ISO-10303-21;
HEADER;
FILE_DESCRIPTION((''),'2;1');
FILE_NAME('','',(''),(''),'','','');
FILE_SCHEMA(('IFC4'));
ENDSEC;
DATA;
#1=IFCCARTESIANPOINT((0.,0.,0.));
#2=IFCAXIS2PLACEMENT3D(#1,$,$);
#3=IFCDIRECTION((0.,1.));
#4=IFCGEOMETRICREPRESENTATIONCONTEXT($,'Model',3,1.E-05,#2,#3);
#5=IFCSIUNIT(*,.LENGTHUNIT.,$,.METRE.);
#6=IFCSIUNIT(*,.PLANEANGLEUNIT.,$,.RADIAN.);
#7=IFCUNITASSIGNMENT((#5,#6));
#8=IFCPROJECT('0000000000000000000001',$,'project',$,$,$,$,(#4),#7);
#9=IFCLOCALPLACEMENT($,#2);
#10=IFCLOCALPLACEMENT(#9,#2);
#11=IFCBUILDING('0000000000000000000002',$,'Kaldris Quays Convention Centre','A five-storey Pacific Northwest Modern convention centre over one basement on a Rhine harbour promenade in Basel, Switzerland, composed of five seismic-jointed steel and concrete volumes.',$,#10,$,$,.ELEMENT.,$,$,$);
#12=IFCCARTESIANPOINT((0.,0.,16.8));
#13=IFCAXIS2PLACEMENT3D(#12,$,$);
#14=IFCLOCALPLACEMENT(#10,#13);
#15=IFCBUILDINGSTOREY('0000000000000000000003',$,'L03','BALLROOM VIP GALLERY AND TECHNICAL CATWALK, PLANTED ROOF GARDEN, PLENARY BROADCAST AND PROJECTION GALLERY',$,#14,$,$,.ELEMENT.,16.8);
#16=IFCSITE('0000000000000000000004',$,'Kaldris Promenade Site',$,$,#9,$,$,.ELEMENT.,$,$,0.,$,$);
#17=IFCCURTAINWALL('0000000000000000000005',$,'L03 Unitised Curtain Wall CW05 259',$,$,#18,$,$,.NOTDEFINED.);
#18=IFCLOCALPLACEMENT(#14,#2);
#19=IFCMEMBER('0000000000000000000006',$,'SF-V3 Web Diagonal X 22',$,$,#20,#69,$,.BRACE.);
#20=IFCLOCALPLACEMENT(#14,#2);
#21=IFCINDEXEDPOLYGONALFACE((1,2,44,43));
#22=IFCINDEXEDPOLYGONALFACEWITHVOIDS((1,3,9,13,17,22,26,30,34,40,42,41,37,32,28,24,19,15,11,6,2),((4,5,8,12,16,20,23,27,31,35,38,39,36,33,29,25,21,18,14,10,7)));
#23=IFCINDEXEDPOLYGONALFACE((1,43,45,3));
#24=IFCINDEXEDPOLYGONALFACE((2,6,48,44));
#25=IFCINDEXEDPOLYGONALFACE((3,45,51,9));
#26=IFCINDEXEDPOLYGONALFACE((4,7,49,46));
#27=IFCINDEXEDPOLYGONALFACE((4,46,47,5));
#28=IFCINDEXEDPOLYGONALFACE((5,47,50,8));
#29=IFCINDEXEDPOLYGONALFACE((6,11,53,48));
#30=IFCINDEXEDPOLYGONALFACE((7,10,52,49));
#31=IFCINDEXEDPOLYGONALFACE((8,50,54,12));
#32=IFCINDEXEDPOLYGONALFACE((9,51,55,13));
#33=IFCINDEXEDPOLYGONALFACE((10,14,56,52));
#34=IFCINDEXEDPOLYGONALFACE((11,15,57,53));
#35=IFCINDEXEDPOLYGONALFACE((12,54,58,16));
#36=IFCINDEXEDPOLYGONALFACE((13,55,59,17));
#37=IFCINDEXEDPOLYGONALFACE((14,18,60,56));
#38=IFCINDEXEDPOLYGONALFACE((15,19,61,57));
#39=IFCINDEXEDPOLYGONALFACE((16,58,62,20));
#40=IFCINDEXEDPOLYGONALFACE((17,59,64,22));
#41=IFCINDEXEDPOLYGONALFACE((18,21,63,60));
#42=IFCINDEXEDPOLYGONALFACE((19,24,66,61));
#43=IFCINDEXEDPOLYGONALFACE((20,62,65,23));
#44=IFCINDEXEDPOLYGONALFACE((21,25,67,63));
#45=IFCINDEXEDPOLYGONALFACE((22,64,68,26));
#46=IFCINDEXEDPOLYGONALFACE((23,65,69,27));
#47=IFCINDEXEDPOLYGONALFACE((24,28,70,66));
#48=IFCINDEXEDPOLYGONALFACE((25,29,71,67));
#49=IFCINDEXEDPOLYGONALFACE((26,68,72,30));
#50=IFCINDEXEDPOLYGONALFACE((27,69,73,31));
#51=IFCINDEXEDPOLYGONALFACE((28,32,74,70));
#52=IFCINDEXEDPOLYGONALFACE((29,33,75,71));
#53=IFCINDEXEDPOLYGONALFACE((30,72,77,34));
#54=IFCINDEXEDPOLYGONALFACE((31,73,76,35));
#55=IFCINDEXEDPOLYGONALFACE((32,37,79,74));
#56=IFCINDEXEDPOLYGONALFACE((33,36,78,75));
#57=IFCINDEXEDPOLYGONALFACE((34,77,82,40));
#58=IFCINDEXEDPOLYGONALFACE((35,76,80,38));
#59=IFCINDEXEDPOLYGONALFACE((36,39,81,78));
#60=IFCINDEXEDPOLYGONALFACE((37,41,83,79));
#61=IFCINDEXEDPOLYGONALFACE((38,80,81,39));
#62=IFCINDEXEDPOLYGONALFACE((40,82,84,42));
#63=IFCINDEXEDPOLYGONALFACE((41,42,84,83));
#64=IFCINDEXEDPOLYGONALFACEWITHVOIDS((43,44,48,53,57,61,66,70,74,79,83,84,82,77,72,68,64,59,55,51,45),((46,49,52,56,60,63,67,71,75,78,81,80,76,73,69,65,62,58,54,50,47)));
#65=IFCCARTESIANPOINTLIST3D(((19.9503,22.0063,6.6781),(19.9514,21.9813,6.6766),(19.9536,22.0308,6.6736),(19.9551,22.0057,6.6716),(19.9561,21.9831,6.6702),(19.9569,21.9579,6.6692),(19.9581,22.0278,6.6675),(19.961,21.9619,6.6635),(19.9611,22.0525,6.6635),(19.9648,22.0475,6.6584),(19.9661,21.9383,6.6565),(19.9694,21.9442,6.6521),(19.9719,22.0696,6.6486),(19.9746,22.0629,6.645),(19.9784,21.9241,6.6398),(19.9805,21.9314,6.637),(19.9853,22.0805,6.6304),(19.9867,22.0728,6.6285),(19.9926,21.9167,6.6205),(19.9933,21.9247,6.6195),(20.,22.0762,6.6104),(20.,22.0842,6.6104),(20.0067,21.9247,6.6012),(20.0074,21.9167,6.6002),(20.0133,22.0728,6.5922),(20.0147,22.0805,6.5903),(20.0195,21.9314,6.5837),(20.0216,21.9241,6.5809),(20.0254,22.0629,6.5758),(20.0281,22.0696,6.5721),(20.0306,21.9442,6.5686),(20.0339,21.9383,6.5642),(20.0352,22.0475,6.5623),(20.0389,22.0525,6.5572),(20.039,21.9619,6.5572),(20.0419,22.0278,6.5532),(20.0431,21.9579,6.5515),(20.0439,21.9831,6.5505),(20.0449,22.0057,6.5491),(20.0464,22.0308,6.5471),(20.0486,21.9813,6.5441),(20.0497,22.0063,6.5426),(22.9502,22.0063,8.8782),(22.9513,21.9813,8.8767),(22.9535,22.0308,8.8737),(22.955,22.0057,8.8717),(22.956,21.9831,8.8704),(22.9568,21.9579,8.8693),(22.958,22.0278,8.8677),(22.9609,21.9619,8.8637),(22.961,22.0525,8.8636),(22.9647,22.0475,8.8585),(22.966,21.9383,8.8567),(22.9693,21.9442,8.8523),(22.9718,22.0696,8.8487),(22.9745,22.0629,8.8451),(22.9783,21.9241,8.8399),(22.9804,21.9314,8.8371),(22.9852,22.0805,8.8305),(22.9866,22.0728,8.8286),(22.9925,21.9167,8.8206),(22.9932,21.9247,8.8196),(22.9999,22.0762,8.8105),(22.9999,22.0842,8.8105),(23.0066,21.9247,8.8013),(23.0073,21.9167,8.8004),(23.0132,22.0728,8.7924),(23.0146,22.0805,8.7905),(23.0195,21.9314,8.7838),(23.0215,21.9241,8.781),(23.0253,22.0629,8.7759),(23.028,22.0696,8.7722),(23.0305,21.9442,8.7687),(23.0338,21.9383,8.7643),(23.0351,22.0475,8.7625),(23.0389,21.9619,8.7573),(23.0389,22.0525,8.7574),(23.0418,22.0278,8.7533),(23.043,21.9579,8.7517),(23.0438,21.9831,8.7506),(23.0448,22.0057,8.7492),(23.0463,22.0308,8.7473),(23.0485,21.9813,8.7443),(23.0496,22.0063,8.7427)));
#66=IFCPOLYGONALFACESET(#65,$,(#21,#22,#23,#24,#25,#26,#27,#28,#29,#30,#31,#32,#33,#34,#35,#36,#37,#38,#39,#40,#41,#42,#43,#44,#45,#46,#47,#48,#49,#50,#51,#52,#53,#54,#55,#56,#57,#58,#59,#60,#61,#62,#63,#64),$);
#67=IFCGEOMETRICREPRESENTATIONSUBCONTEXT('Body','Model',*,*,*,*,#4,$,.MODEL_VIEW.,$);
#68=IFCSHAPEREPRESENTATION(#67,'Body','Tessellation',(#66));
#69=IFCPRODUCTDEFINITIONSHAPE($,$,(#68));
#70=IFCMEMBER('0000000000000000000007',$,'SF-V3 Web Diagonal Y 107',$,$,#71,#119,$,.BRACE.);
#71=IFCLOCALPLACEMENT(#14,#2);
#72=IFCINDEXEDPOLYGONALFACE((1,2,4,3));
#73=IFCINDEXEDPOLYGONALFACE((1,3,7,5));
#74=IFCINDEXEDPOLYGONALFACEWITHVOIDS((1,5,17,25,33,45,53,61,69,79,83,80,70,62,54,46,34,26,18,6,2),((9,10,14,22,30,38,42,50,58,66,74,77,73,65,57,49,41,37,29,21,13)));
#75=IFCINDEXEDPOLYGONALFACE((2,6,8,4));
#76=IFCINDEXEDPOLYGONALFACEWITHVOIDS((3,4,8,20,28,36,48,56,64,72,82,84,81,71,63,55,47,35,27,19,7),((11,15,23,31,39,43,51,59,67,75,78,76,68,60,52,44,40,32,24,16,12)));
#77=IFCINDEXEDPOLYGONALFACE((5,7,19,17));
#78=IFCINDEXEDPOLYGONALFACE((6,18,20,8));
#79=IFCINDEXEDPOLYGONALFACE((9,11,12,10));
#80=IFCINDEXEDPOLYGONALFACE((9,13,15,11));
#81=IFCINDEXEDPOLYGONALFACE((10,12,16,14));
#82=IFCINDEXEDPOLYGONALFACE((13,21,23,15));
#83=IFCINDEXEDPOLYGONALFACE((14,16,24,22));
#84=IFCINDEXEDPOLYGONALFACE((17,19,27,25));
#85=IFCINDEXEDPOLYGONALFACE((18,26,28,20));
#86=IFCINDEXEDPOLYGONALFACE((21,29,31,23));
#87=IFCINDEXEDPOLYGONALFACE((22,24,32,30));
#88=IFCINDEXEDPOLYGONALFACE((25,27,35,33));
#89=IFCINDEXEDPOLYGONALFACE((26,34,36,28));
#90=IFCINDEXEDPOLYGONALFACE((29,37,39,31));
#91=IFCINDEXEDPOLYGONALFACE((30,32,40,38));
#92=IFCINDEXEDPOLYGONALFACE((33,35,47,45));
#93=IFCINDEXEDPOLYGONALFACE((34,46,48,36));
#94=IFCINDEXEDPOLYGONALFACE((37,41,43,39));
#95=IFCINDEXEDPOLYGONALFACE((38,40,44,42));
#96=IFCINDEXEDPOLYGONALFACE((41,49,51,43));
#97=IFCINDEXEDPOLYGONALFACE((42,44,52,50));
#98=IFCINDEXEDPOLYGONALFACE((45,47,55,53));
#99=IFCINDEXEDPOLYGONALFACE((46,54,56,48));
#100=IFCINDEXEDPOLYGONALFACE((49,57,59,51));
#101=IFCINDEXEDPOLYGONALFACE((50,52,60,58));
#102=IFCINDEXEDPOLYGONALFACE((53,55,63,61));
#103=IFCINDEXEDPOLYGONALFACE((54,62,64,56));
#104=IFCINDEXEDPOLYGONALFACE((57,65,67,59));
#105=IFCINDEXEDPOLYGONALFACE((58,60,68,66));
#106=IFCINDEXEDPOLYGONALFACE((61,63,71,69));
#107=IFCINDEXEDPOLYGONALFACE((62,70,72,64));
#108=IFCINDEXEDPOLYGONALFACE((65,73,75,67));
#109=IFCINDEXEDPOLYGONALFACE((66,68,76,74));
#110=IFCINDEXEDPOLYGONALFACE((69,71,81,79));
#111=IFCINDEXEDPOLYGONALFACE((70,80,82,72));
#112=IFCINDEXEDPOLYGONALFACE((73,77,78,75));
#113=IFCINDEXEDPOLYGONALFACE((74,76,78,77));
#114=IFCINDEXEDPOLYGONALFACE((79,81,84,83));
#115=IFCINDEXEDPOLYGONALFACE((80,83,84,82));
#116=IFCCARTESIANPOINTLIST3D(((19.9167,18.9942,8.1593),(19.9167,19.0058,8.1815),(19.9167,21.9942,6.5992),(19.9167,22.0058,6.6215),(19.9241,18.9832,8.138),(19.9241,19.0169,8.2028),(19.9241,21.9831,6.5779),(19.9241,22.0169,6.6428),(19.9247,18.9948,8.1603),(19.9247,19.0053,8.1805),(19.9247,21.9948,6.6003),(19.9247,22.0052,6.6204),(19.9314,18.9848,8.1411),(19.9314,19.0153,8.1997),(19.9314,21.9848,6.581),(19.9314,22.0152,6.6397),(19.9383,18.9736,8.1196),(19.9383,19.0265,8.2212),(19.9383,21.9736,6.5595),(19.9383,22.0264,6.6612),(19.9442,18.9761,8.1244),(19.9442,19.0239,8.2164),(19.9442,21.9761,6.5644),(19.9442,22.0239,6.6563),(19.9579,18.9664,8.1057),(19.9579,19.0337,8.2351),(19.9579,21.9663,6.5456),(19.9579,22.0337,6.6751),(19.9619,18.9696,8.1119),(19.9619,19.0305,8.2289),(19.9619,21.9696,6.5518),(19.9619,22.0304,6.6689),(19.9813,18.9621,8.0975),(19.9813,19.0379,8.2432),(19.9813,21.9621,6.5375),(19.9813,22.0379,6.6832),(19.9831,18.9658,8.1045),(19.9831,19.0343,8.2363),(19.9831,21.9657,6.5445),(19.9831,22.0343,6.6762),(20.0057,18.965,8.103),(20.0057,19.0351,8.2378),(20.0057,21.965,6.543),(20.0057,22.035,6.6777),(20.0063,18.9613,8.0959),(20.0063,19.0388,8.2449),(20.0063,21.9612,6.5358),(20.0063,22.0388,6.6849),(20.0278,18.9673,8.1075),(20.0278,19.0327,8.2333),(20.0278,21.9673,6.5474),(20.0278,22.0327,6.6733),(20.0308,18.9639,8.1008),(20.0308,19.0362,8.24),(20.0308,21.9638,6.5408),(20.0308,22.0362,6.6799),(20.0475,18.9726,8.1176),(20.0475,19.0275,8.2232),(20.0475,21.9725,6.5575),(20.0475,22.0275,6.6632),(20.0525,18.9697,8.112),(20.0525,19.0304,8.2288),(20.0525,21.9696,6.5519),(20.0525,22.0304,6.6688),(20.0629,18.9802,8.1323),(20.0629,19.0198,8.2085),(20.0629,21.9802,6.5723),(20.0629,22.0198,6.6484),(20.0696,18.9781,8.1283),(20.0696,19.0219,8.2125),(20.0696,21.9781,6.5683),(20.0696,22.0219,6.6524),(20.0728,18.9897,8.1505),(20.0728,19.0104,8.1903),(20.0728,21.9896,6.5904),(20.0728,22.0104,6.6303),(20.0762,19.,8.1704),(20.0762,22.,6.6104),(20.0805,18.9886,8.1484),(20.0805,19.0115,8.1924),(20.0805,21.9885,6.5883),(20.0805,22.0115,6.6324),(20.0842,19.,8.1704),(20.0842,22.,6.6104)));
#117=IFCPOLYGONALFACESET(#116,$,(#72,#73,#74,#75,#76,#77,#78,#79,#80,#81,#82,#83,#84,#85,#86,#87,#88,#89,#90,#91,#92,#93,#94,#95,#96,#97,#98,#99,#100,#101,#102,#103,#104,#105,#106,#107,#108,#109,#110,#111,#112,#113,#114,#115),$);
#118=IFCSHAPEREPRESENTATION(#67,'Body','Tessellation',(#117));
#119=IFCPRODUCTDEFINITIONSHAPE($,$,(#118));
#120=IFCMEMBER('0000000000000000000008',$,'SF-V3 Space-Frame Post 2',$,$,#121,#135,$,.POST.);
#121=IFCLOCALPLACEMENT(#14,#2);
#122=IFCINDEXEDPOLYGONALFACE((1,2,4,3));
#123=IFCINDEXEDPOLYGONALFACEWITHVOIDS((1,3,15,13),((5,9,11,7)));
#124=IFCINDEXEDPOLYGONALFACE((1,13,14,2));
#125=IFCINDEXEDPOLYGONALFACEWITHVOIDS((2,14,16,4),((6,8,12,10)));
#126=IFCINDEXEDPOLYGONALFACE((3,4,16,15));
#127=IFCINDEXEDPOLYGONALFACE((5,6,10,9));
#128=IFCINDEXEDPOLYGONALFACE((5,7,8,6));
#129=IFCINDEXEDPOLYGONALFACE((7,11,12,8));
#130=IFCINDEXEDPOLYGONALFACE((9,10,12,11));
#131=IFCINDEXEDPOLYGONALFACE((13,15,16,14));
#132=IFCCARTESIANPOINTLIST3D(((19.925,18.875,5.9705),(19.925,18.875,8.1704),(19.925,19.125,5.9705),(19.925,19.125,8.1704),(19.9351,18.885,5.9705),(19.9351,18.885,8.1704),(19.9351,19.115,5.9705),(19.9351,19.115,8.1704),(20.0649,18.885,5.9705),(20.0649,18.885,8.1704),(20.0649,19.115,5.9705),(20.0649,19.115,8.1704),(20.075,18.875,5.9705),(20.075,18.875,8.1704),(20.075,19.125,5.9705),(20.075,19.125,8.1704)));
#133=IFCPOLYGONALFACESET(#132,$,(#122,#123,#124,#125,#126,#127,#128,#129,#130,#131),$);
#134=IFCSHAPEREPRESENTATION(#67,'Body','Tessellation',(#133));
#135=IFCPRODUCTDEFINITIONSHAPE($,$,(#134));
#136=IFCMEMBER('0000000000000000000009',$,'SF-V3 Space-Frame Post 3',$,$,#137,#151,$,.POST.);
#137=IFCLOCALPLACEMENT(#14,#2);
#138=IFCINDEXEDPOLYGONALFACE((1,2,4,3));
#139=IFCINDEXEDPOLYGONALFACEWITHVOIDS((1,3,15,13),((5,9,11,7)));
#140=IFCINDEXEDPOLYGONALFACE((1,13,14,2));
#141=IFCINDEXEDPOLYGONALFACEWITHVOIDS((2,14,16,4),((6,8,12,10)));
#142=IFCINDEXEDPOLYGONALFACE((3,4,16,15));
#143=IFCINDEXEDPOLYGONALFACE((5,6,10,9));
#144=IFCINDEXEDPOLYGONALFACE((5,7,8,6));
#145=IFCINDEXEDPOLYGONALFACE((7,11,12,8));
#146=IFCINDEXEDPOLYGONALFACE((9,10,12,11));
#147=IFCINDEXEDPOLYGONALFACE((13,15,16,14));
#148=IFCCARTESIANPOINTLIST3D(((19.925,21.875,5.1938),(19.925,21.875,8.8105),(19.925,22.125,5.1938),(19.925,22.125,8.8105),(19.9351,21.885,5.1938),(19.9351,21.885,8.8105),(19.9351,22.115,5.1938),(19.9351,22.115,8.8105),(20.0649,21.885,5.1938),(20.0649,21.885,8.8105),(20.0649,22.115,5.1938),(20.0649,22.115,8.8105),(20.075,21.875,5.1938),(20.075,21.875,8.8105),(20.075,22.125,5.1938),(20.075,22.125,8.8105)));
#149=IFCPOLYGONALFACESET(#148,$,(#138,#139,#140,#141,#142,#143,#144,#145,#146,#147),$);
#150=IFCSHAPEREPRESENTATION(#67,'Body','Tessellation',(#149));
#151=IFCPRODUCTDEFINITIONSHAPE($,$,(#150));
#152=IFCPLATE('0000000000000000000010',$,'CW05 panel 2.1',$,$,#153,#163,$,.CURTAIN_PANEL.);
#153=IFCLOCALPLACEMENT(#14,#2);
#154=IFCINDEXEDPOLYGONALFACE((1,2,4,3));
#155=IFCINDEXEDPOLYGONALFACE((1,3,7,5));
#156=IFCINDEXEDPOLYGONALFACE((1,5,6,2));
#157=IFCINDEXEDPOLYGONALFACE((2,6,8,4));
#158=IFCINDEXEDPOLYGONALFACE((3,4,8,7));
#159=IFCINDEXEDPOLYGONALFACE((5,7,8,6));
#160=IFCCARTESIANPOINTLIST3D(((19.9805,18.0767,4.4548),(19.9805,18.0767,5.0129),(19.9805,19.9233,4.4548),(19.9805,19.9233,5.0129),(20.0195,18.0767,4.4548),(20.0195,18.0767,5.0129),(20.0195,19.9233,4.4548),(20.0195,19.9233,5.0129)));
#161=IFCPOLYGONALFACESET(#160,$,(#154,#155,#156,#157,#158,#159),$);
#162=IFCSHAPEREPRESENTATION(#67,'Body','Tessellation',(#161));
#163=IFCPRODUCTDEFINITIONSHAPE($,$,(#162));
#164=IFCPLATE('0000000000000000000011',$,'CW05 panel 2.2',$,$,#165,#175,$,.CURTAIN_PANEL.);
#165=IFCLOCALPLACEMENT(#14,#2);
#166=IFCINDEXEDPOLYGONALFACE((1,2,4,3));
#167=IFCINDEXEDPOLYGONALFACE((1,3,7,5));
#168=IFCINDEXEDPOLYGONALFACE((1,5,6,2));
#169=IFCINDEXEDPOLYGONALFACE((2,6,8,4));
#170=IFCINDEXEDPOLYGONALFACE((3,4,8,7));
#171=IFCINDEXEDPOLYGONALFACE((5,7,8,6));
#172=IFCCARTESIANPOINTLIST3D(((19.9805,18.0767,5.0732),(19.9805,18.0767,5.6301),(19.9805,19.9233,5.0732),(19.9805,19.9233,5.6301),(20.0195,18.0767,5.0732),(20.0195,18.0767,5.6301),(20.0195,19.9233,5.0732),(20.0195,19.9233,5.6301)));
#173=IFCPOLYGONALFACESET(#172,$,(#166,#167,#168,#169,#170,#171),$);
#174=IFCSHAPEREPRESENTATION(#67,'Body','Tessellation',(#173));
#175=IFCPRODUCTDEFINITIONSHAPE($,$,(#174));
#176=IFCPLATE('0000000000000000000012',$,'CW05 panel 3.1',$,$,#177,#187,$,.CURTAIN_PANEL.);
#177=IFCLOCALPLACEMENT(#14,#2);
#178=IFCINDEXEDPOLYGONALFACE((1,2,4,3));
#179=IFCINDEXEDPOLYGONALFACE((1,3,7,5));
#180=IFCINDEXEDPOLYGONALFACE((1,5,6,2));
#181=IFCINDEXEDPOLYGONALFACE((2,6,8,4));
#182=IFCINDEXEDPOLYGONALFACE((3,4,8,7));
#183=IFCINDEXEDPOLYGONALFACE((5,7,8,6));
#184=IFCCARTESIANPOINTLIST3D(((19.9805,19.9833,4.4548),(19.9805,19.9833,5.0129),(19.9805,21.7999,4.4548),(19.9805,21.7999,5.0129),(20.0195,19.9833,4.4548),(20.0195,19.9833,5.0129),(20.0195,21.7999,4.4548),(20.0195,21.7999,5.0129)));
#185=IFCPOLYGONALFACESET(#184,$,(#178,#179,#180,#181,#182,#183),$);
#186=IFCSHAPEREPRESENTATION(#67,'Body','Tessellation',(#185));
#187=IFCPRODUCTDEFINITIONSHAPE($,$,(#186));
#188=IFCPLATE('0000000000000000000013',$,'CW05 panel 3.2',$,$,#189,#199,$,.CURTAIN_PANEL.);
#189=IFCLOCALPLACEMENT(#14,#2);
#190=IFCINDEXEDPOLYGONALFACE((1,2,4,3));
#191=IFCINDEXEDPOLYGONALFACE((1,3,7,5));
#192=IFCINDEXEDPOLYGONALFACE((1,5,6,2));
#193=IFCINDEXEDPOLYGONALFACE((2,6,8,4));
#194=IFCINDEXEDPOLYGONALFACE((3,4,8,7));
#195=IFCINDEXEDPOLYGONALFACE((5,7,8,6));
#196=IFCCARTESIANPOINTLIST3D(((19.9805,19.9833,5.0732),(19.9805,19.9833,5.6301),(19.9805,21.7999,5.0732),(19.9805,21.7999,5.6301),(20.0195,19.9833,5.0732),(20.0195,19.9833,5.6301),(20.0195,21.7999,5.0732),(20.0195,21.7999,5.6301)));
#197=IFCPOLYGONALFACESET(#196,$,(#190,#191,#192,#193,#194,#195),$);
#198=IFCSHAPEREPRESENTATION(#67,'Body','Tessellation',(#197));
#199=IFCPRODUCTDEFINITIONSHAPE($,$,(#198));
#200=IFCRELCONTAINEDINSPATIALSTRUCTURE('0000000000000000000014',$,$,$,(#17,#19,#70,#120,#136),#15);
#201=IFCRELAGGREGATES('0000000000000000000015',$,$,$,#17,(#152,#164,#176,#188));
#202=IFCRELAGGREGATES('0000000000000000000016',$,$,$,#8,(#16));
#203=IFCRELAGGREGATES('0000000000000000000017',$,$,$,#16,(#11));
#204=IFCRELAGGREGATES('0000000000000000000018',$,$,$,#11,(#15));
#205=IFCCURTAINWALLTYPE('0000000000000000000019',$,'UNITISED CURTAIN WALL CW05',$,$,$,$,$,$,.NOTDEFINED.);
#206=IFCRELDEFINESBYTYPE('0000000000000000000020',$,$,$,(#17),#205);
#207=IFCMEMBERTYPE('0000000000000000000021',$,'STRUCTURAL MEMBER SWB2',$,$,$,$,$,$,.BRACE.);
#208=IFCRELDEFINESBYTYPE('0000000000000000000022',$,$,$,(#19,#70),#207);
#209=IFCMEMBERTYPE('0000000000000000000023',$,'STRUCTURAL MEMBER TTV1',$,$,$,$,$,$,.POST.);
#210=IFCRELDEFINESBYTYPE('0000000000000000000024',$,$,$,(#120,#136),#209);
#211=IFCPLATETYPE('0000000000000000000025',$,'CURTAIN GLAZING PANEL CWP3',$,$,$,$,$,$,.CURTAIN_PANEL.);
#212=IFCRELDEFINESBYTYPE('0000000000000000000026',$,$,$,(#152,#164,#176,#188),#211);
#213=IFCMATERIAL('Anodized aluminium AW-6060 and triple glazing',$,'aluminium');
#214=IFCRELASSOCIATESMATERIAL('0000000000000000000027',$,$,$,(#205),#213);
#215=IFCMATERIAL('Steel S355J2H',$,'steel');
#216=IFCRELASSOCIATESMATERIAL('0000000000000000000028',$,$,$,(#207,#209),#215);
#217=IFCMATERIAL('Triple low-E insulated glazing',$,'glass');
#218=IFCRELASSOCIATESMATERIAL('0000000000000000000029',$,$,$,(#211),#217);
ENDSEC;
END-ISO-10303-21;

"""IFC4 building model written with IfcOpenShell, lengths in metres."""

from ifc_helpers import new_model, si_unit, direction, frame, origin, origin_2d, place, context, subcontext, project, spatial, rectangle, hollow_rectangle, hollow_circle, extrude, material, material_profile, profile_set, type_object, element, aggregate, save


model = new_model("IFC4")

# Units and contexts
model_context = context("Model", 3, precision=1e-05, world=origin(), true_north=direction((0.0, 1.0)))
body_context = subcontext(model_context, "Body", "Model", "MODEL_VIEW")
ifc_project = project(units=[si_unit("LENGTHUNIT", "METRE"), si_unit("PLANEANGLEUNIT", "RADIAN")], contexts=[model_context])

# Site, building, storey
site_placement = place(None, origin())
site = spatial("IfcSite", under=ifc_project, at=site_placement, Name="Kaldris Promenade Site", CompositionType="ELEMENT", RefElevation=0.0)
building_placement = place(site_placement, origin())
building = spatial("IfcBuilding", under=site, at=building_placement, Name="Kaldris Quays Convention Centre", Description="A five-storey Pacific Northwest Modern convention centre over one basement on a Rhine harbour promenade in Basel, Switzerland, composed of five seismic-jointed steel and concrete volumes.", CompositionType="ELEMENT")
storey_placement = place(building_placement, frame((0.0, 0.0, 16.8)))
storey = spatial("IfcBuildingStorey", under=building, at=storey_placement, Name="L03", Description="BALLROOM VIP GALLERY AND TECHNICAL CATWALK, PLANTED ROOF GARDEN, PLENARY BROADCAST AND PROJECTION GALLERY", CompositionType="ELEMENT", Elevation=16.8)

# Curtain wall
ifc_material_1 = material(Name="Anodized aluminium AW-6060 and triple glazing", Category="aluminium")
curtain_wall_type = type_object("IfcCurtainWallType", Name="UNITISED CURTAIN WALL CW05", PredefinedType="NOTDEFINED", material=ifc_material_1)
curtain_wall_placement = place(storey_placement, origin())
curtain_wall = element("IfcCurtainWall", 1, at=curtain_wall_placement, inside=storey, type_object=curtain_wall_type, Name="L03 Unitised Curtain Wall CW05 259", PredefinedType="NOTDEFINED")

# Members
ifc_material_2 = material(Name="Steel S355J2H", Category="steel")
ifc_material_profile_1 = material_profile(ifc_material_2, hollow_circle(Radius=0.0842, WallThickness=0.0081, at=origin_2d()), Name="CHS 168.3x8")
ifc_profile_set_1 = profile_set([ifc_material_profile_1], Name="Steel S355J2H")
member_type_1 = type_object("IfcMemberType", Name="STRUCTURAL MEMBER SWB2", PredefinedType="BRACE", material=ifc_profile_set_1)
member_1_placement = place(storey_placement, frame((20.0, 22.0, 6.6104), z_axis=(0.80638, 0.0, 0.591398), x_axis=(0.0, 1.0, 0.0)))
element("IfcMember", 2, at=member_1_placement, inside=storey, type_object=member_type_1, Name="SF-V3 Web Diagonal X 22", PredefinedType="BRACE", context=body_context, shape_type="SweptSolid", body=[
    extrude(hollow_circle(Radius=0.0842, WallThickness=0.0081, at=origin_2d()), origin(), (0.0, 0.0, 1.0), 3.7202),
])
member_2_placement = place(storey_placement, frame((20.0, 22.0, 6.6104), z_axis=(0.0, -0.88721, 0.461366), x_axis=(1.0, 0.0, 0.0)))
element("IfcMember", 3, at=member_2_placement, inside=storey, type_object=member_type_1, Name="SF-V3 Web Diagonal Y 107", PredefinedType="BRACE", context=body_context, shape_type="SweptSolid", body=[
    extrude(hollow_circle(Radius=0.0842, WallThickness=0.0081, at=origin_2d()), origin(), (0.0, 0.0, 1.0), 3.3813),
])
ifc_material_profile_2 = material_profile(ifc_material_2, hollow_rectangle(XDim=0.1499, YDim=0.25, WallThickness=0.01, at=origin_2d()), Name="RHS 250x150x10")
ifc_profile_set_2 = profile_set([ifc_material_profile_2], Name="Steel S355J2H")
member_type_2 = type_object("IfcMemberType", Name="STRUCTURAL MEMBER TTV1", PredefinedType="POST", material=ifc_profile_set_2)
member_3_placement = place(storey_placement, frame((20.0, 19.0, 5.9705), z_axis=(0.0, 0.0, 1.0), x_axis=(1.0, 0.0, 0.0)))
element("IfcMember", 4, at=member_3_placement, inside=storey, type_object=member_type_2, Name="SF-V3 Space-Frame Post 2", PredefinedType="POST", context=body_context, shape_type="SweptSolid", body=[
    extrude(hollow_rectangle(XDim=0.1499, YDim=0.25, WallThickness=0.01, at=origin_2d()), origin(), (0.0, 0.0, 1.0), 2.2),
])
member_4_placement = place(storey_placement, frame((20.0, 22.0, 5.1938), z_axis=(0.0, 0.0, 1.0), x_axis=(1.0, 0.0, 0.0)))
element("IfcMember", 5, at=member_4_placement, inside=storey, type_object=member_type_2, Name="SF-V3 Space-Frame Post 3", PredefinedType="POST", context=body_context, shape_type="SweptSolid", body=[
    extrude(hollow_rectangle(XDim=0.1499, YDim=0.25, WallThickness=0.01, at=origin_2d()), origin(), (0.0, 0.0, 1.0), 3.6167),
])

# Plates
ifc_material_3 = material(Name="Triple low-E insulated glazing", Category="glass")
plate_type = type_object("IfcPlateType", Name="CURTAIN GLAZING PANEL CWP3", PredefinedType="CURTAIN_PANEL", material=ifc_material_3)
plate_1_placement = place(storey_placement, frame((20.0, 19.0, 4.4548), z_axis=(0.0, 0.0, 1.0), x_axis=(0.0, 1.0, 0.0)))
plate_1 = element("IfcPlate", 6, at=plate_1_placement, type_object=plate_type, Name="CW05 panel 2.1", PredefinedType="CURTAIN_PANEL", context=body_context, shape_type="SweptSolid", body=[
    extrude(rectangle(XDim=1.8467, YDim=0.0391, at=origin_2d()), origin(), (0.0, 0.0, 1.0), 0.5581),
])
plate_2_placement = place(storey_placement, frame((20.0, 19.0, 5.0732), z_axis=(0.0, 0.0, 1.0), x_axis=(0.0, 1.0, 0.0)))
plate_2 = element("IfcPlate", 7, at=plate_2_placement, type_object=plate_type, Name="CW05 panel 2.2", PredefinedType="CURTAIN_PANEL", context=body_context, shape_type="SweptSolid", body=[
    extrude(rectangle(XDim=1.8467, YDim=0.0391, at=origin_2d()), origin(), (0.0, 0.0, 1.0), 0.5569),
])
plate_3_placement = place(storey_placement, frame((20.0, 20.8916, 4.4548), z_axis=(0.0, 0.0, 1.0), x_axis=(0.0, 1.0, 0.0)))
plate_3 = element("IfcPlate", 8, at=plate_3_placement, type_object=plate_type, Name="CW05 panel 3.1", PredefinedType="CURTAIN_PANEL", context=body_context, shape_type="SweptSolid", body=[
    extrude(rectangle(XDim=1.8167, YDim=0.0391, at=origin_2d()), origin(), (0.0, 0.0, 1.0), 0.5581),
])
plate_4_placement = place(storey_placement, frame((20.0, 20.8916, 5.0732), z_axis=(0.0, 0.0, 1.0), x_axis=(0.0, 1.0, 0.0)))
plate_4 = element("IfcPlate", 9, at=plate_4_placement, type_object=plate_type, Name="CW05 panel 3.2", PredefinedType="CURTAIN_PANEL", context=body_context, shape_type="SweptSolid", body=[
    extrude(rectangle(XDim=1.8167, YDim=0.0391, at=origin_2d()), origin(), (0.0, 0.0, 1.0), 0.5569),
])
aggregate(curtain_wall, [plate_1, plate_2, plate_3, plate_4])

save(model, "model.ifc")
